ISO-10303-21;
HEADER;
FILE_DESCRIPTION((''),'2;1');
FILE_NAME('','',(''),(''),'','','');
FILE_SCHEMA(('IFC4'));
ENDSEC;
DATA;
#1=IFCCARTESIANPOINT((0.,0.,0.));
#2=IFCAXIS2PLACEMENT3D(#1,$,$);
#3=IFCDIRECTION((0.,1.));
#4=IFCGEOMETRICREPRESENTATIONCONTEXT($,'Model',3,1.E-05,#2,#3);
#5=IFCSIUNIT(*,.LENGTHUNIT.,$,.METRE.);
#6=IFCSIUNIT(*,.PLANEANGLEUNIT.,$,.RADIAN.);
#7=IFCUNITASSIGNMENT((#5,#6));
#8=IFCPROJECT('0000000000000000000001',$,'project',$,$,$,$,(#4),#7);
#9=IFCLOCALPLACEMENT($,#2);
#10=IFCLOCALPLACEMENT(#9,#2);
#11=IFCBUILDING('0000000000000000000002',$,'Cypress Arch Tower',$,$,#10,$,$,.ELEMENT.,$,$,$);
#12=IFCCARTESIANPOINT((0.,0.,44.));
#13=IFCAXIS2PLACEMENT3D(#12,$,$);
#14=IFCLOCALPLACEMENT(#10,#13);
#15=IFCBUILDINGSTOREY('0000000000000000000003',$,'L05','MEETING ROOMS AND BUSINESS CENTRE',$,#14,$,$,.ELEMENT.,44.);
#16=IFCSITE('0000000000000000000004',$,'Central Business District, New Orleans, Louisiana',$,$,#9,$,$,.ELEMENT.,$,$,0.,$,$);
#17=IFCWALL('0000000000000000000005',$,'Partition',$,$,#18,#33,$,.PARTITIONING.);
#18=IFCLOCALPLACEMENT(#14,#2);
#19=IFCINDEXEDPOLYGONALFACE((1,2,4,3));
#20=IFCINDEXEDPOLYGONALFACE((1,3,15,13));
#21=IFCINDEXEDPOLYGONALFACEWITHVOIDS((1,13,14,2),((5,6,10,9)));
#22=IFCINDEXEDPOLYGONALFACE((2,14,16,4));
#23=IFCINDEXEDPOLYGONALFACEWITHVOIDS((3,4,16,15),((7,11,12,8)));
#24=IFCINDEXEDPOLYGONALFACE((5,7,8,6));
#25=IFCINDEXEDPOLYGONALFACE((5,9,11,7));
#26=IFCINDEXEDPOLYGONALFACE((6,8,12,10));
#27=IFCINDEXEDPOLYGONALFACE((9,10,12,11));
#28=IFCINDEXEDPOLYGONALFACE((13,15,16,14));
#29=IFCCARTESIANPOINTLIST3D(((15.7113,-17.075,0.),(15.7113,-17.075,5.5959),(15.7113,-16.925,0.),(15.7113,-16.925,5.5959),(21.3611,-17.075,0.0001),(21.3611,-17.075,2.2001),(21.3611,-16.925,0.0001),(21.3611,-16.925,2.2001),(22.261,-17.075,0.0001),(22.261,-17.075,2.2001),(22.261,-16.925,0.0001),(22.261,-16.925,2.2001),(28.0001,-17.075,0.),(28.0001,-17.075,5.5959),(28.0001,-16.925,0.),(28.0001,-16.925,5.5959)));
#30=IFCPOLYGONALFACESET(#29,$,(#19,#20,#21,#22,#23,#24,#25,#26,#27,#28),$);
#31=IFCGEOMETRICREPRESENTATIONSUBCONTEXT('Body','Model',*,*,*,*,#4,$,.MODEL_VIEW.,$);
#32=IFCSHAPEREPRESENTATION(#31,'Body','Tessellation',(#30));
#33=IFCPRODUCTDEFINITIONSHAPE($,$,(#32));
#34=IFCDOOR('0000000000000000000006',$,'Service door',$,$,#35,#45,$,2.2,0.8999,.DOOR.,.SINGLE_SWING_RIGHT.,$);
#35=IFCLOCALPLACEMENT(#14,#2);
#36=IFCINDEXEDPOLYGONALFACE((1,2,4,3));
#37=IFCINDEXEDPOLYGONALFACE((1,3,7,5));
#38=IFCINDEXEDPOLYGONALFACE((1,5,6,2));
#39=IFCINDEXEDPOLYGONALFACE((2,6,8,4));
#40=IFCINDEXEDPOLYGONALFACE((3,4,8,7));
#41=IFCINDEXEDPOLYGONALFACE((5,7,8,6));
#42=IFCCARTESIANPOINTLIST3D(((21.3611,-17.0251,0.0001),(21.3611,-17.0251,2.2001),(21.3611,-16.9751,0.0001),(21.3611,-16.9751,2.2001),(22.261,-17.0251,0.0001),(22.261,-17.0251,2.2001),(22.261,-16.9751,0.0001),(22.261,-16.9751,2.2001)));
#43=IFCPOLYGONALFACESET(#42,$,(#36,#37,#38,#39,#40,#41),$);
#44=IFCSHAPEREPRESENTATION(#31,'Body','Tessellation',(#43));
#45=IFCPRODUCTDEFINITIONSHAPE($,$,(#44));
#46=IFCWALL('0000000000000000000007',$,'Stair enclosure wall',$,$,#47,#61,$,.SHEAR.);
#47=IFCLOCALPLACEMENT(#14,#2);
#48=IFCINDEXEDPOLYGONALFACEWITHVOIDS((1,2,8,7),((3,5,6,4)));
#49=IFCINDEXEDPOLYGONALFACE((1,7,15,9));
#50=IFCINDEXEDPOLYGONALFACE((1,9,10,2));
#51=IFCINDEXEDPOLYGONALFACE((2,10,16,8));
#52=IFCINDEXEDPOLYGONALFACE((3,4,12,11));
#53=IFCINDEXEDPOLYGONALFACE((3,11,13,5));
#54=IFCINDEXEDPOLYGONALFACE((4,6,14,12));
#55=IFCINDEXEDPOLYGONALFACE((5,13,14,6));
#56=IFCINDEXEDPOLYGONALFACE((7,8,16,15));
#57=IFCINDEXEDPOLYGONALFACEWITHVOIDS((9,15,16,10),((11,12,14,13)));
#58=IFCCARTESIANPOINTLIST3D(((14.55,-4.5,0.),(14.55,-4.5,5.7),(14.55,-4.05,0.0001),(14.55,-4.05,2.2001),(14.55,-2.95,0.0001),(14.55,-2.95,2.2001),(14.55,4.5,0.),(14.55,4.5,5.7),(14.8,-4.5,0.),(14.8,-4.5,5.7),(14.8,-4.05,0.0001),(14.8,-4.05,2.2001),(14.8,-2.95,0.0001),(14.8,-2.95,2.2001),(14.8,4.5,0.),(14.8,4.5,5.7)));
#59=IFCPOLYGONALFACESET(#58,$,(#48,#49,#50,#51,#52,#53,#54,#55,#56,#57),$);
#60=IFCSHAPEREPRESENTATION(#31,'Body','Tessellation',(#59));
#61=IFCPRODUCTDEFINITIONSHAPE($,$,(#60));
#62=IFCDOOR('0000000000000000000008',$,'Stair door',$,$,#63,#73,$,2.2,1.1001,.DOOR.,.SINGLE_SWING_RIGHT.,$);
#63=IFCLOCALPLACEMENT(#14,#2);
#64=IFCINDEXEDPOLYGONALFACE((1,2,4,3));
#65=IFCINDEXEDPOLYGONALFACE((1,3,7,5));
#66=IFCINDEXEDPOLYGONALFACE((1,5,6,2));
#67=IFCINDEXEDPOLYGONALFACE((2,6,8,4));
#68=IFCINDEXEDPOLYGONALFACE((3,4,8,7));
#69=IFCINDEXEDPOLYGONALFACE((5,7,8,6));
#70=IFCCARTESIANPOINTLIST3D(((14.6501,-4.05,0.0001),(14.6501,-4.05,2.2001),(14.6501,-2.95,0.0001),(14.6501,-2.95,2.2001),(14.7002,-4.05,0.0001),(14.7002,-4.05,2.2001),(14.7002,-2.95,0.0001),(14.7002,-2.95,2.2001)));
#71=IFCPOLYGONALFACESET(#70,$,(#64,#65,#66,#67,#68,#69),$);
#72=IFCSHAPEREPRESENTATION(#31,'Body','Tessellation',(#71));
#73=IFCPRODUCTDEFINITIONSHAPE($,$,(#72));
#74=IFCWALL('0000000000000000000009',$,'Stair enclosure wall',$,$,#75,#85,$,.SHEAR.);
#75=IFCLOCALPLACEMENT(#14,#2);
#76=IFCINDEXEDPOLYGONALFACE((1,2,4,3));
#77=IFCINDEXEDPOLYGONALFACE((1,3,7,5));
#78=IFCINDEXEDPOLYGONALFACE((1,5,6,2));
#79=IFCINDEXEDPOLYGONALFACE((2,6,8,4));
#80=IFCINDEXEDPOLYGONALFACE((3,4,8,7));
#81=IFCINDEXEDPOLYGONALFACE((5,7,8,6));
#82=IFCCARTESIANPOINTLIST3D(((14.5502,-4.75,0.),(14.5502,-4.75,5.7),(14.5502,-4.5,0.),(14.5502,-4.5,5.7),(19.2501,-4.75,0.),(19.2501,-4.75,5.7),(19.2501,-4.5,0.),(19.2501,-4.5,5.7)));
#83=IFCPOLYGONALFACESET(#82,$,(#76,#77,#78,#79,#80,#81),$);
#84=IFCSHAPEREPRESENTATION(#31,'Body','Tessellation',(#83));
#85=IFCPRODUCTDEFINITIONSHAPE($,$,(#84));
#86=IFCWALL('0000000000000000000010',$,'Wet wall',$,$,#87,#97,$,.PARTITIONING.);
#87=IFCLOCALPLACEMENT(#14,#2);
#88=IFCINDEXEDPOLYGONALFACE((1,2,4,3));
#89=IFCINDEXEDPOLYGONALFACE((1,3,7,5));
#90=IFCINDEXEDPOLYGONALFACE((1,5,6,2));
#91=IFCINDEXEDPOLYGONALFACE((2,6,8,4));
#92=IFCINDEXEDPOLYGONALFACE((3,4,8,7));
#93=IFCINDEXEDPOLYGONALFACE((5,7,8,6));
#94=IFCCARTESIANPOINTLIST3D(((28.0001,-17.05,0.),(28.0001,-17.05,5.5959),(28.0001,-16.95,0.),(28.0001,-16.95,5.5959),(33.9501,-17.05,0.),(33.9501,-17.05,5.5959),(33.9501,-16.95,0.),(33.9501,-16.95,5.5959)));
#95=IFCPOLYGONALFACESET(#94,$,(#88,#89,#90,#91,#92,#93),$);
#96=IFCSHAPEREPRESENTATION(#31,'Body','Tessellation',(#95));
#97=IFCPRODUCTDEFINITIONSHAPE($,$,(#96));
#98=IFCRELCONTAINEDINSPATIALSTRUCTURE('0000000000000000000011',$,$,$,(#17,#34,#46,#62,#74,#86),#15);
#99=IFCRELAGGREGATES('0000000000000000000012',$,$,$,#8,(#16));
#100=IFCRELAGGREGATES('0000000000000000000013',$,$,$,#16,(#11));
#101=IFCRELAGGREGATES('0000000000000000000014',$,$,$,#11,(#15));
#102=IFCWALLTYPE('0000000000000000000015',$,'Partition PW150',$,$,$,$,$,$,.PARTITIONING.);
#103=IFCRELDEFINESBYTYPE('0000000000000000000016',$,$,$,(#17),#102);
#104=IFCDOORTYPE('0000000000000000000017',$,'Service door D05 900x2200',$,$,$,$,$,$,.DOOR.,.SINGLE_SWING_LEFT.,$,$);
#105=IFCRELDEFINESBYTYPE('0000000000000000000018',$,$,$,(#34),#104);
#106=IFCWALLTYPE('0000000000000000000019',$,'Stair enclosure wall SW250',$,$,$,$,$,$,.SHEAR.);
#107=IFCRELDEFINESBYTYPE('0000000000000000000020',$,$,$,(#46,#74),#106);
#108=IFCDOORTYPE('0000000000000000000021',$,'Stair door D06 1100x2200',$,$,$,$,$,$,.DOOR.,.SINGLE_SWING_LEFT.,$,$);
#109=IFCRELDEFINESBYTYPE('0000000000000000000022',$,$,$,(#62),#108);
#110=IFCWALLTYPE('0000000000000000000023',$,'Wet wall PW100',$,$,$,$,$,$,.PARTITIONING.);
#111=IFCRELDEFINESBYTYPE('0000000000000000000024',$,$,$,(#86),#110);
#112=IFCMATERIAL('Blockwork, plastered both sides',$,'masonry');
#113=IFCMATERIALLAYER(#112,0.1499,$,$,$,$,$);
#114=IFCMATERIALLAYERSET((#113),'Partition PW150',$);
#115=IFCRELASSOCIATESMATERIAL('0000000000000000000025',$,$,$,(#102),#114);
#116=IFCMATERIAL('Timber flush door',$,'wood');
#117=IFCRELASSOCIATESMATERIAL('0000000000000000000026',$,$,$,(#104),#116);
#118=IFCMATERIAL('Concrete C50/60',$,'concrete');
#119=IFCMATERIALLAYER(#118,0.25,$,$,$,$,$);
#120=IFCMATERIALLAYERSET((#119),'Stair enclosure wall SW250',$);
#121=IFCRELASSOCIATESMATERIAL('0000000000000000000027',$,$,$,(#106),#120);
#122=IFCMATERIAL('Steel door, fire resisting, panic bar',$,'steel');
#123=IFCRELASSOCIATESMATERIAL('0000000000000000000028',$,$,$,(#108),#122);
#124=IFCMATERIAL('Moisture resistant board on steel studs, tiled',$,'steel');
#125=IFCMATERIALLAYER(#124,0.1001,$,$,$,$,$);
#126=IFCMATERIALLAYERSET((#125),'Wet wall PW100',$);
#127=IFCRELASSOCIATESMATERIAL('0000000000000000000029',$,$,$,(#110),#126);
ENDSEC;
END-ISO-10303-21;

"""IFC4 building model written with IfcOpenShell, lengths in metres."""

from ifc_helpers import new_model, si_unit, direction, frame, frame_2d, origin, place, context, subcontext, project, spatial, rectangle, extrude, material, layer, layer_set, type_object, element, fill, save


model = new_model("IFC4")

# Units and contexts
model_context = context("Model", 3, precision=1e-05, world=origin(), true_north=direction((0.0, 1.0)))
body_context = subcontext(model_context, "Body", "Model", "MODEL_VIEW")
ifc_project = project(units=[si_unit("LENGTHUNIT", "METRE"), si_unit("PLANEANGLEUNIT", "RADIAN")], contexts=[model_context])

# Site, building, storey
site_placement = place(None, origin())
site = spatial("IfcSite", under=ifc_project, at=site_placement, Name="Central Business District, New Orleans, Louisiana", CompositionType="ELEMENT", RefElevation=0.0)
building_placement = place(site_placement, origin())
building = spatial("IfcBuilding", under=site, at=building_placement, Name="Cypress Arch Tower", CompositionType="ELEMENT")
storey_placement = place(building_placement, frame((0.0, 0.0, 44.0)))
storey = spatial("IfcBuildingStorey", under=building, at=storey_placement, Name="L05", Description="MEETING ROOMS AND BUSINESS CENTRE", CompositionType="ELEMENT", Elevation=44.0)

# Shared definitions
ifc_material_1 = material(Name="Blockwork, plastered both sides", Category="masonry")
ifc_layer_1 = layer(ifc_material_1, 0.1499)
ifc_layer_set_1 = layer_set([ifc_layer_1], Name="Partition PW150")
wall_type_1 = type_object("IfcWallType", Name="Partition PW150", PredefinedType="PARTITIONING", material=ifc_layer_set_1)

# Walls, openings, doors
wall_1_placement = place(storey_placement, frame((15.7112, -17.0, 0.0), z_axis=(0.0, 0.0, 1.0), x_axis=(1.0, 0.0, 0.0)))
wall_1 = element("IfcWall", 1, at=wall_1_placement, inside=storey, type_object=wall_type_1, Name="Partition", PredefinedType="PARTITIONING", context=body_context, shape_type="SweptSolid", body=[
    extrude(rectangle(XDim=12.2888, YDim=0.1499, at=frame_2d((6.1445, 0.0))), origin(), (0.0, 0.0, 1.0), 5.5959),
])
opening_1_placement = place(wall_1_placement, frame((5.6499, 0.0, 0.0)))
opening_1 = element("IfcOpeningElement", 2, at=opening_1_placement, cuts=wall_1, PredefinedType="OPENING", context=body_context, shape_type="SweptSolid", body=[
    extrude(rectangle(XDim=0.8999, YDim=2.2, at=frame_2d((0.45, 1.1001))), frame((0.0, 0.085, 0.0), z_axis=(0.0, -1.0, 0.0), x_axis=(1.0, 0.0, 0.0)), (0.0, 0.0, 1.0), 0.1699),
])
ifc_material_2 = material(Name="Timber flush door", Category="wood")
door_type_1 = type_object("IfcDoorType", Name="Service door D05 900x2200", OperationType="SINGLE_SWING_LEFT", PredefinedType="DOOR", material=ifc_material_2)
door_1_placement = place(opening_1_placement, origin())
door_1 = element("IfcDoor", 3, at=door_1_placement, inside=storey, type_object=door_type_1, Name="Service door", OperationType="SINGLE_SWING_RIGHT", OverallHeight=2.2, OverallWidth=0.8999, PredefinedType="DOOR", context=body_context, shape_type="SweptSolid", body=[
    extrude(rectangle(XDim=0.8999, YDim=2.2, at=frame_2d((0.45, 1.1001))), frame((0.0, 0.0249, 0.0), z_axis=(0.0, -1.0, 0.0), x_axis=(1.0, 0.0, 0.0)), (0.0, 0.0, 1.0), 0.05),
])
fill(opening_1, door_1)
ifc_material_3 = material(Name="Concrete C50/60", Category="concrete")
ifc_layer_2 = layer(ifc_material_3, 0.25)
ifc_layer_set_2 = layer_set([ifc_layer_2], Name="Stair enclosure wall SW250")
wall_type_2 = type_object("IfcWallType", Name="Stair enclosure wall SW250", PredefinedType="SHEAR", material=ifc_layer_set_2)
wall_2_placement = place(storey_placement, frame((14.675, -4.5, 0.0), z_axis=(0.0, 0.0, 1.0), x_axis=(0.0, 1.0, 0.0)))
wall_2 = element("IfcWall", 4, at=wall_2_placement, inside=storey, type_object=wall_type_2, Name="Stair enclosure wall", PredefinedType="SHEAR", context=body_context, shape_type="SweptSolid", body=[
    extrude(rectangle(XDim=9.0, YDim=0.25, at=frame_2d((4.5, 0.0))), origin(), (0.0, 0.0, 1.0), 5.7),
])
opening_2_placement = place(wall_2_placement, frame((0.45, 0.0, 0.0)))
opening_2 = element("IfcOpeningElement", 5, at=opening_2_placement, cuts=wall_2, PredefinedType="OPENING", context=body_context, shape_type="SweptSolid", body=[
    extrude(rectangle(XDim=1.1001, YDim=2.2, at=frame_2d((0.55, 1.1001))), frame((0.0, 0.135, 0.0), z_axis=(0.0, -1.0, 0.0), x_axis=(1.0, 0.0, 0.0)), (0.0, 0.0, 1.0), 0.27),
])
ifc_material_4 = material(Name="Steel door, fire resisting, panic bar", Category="steel")
door_type_2 = type_object("IfcDoorType", Name="Stair door D06 1100x2200", OperationType="SINGLE_SWING_LEFT", PredefinedType="DOOR", material=ifc_material_4)
door_2_placement = place(opening_2_placement, origin())
door_2 = element("IfcDoor", 6, at=door_2_placement, inside=storey, type_object=door_type_2, Name="Stair door", OperationType="SINGLE_SWING_RIGHT", OverallHeight=2.2, OverallWidth=1.1001, PredefinedType="DOOR", context=body_context, shape_type="SweptSolid", body=[
    extrude(rectangle(XDim=1.1001, YDim=2.2, at=frame_2d((0.55, 1.1001))), frame((0.0, 0.0249, 0.0), z_axis=(0.0, -1.0, 0.0), x_axis=(1.0, 0.0, 0.0)), (0.0, 0.0, 1.0), 0.05),
])
fill(opening_2, door_2)

# Walls
wall_3_placement = place(storey_placement, frame((14.55, -4.625, 0.0), z_axis=(0.0, 0.0, 1.0), x_axis=(1.0, 0.0, 0.0)))
element("IfcWall", 7, at=wall_3_placement, inside=storey, type_object=wall_type_2, Name="Stair enclosure wall", PredefinedType="SHEAR", context=body_context, shape_type="SweptSolid", body=[
    extrude(rectangle(XDim=4.7, YDim=0.25, at=frame_2d((2.3501, 0.0))), origin(), (0.0, 0.0, 1.0), 5.7),
])
ifc_material_5 = material(Name="Moisture resistant board on steel studs, tiled", Category="steel")
ifc_layer_3 = layer(ifc_material_5, 0.1001)
ifc_layer_set_3 = layer_set([ifc_layer_3], Name="Wet wall PW100")
wall_type_3 = type_object("IfcWallType", Name="Wet wall PW100", PredefinedType="PARTITIONING", material=ifc_layer_set_3)
wall_4_placement = place(storey_placement, frame((28.0, -17.0, 0.0), z_axis=(0.0, 0.0, 1.0), x_axis=(1.0, 0.0, 0.0)))
element("IfcWall", 8, at=wall_4_placement, inside=storey, type_object=wall_type_3, Name="Wet wall", PredefinedType="PARTITIONING", context=body_context, shape_type="SweptSolid", body=[
    extrude(rectangle(XDim=5.95, YDim=0.1001, at=frame_2d((2.9751, 0.0))), origin(), (0.0, 0.0, 1.0), 5.5959),
])

save(model, "model.ifc")
